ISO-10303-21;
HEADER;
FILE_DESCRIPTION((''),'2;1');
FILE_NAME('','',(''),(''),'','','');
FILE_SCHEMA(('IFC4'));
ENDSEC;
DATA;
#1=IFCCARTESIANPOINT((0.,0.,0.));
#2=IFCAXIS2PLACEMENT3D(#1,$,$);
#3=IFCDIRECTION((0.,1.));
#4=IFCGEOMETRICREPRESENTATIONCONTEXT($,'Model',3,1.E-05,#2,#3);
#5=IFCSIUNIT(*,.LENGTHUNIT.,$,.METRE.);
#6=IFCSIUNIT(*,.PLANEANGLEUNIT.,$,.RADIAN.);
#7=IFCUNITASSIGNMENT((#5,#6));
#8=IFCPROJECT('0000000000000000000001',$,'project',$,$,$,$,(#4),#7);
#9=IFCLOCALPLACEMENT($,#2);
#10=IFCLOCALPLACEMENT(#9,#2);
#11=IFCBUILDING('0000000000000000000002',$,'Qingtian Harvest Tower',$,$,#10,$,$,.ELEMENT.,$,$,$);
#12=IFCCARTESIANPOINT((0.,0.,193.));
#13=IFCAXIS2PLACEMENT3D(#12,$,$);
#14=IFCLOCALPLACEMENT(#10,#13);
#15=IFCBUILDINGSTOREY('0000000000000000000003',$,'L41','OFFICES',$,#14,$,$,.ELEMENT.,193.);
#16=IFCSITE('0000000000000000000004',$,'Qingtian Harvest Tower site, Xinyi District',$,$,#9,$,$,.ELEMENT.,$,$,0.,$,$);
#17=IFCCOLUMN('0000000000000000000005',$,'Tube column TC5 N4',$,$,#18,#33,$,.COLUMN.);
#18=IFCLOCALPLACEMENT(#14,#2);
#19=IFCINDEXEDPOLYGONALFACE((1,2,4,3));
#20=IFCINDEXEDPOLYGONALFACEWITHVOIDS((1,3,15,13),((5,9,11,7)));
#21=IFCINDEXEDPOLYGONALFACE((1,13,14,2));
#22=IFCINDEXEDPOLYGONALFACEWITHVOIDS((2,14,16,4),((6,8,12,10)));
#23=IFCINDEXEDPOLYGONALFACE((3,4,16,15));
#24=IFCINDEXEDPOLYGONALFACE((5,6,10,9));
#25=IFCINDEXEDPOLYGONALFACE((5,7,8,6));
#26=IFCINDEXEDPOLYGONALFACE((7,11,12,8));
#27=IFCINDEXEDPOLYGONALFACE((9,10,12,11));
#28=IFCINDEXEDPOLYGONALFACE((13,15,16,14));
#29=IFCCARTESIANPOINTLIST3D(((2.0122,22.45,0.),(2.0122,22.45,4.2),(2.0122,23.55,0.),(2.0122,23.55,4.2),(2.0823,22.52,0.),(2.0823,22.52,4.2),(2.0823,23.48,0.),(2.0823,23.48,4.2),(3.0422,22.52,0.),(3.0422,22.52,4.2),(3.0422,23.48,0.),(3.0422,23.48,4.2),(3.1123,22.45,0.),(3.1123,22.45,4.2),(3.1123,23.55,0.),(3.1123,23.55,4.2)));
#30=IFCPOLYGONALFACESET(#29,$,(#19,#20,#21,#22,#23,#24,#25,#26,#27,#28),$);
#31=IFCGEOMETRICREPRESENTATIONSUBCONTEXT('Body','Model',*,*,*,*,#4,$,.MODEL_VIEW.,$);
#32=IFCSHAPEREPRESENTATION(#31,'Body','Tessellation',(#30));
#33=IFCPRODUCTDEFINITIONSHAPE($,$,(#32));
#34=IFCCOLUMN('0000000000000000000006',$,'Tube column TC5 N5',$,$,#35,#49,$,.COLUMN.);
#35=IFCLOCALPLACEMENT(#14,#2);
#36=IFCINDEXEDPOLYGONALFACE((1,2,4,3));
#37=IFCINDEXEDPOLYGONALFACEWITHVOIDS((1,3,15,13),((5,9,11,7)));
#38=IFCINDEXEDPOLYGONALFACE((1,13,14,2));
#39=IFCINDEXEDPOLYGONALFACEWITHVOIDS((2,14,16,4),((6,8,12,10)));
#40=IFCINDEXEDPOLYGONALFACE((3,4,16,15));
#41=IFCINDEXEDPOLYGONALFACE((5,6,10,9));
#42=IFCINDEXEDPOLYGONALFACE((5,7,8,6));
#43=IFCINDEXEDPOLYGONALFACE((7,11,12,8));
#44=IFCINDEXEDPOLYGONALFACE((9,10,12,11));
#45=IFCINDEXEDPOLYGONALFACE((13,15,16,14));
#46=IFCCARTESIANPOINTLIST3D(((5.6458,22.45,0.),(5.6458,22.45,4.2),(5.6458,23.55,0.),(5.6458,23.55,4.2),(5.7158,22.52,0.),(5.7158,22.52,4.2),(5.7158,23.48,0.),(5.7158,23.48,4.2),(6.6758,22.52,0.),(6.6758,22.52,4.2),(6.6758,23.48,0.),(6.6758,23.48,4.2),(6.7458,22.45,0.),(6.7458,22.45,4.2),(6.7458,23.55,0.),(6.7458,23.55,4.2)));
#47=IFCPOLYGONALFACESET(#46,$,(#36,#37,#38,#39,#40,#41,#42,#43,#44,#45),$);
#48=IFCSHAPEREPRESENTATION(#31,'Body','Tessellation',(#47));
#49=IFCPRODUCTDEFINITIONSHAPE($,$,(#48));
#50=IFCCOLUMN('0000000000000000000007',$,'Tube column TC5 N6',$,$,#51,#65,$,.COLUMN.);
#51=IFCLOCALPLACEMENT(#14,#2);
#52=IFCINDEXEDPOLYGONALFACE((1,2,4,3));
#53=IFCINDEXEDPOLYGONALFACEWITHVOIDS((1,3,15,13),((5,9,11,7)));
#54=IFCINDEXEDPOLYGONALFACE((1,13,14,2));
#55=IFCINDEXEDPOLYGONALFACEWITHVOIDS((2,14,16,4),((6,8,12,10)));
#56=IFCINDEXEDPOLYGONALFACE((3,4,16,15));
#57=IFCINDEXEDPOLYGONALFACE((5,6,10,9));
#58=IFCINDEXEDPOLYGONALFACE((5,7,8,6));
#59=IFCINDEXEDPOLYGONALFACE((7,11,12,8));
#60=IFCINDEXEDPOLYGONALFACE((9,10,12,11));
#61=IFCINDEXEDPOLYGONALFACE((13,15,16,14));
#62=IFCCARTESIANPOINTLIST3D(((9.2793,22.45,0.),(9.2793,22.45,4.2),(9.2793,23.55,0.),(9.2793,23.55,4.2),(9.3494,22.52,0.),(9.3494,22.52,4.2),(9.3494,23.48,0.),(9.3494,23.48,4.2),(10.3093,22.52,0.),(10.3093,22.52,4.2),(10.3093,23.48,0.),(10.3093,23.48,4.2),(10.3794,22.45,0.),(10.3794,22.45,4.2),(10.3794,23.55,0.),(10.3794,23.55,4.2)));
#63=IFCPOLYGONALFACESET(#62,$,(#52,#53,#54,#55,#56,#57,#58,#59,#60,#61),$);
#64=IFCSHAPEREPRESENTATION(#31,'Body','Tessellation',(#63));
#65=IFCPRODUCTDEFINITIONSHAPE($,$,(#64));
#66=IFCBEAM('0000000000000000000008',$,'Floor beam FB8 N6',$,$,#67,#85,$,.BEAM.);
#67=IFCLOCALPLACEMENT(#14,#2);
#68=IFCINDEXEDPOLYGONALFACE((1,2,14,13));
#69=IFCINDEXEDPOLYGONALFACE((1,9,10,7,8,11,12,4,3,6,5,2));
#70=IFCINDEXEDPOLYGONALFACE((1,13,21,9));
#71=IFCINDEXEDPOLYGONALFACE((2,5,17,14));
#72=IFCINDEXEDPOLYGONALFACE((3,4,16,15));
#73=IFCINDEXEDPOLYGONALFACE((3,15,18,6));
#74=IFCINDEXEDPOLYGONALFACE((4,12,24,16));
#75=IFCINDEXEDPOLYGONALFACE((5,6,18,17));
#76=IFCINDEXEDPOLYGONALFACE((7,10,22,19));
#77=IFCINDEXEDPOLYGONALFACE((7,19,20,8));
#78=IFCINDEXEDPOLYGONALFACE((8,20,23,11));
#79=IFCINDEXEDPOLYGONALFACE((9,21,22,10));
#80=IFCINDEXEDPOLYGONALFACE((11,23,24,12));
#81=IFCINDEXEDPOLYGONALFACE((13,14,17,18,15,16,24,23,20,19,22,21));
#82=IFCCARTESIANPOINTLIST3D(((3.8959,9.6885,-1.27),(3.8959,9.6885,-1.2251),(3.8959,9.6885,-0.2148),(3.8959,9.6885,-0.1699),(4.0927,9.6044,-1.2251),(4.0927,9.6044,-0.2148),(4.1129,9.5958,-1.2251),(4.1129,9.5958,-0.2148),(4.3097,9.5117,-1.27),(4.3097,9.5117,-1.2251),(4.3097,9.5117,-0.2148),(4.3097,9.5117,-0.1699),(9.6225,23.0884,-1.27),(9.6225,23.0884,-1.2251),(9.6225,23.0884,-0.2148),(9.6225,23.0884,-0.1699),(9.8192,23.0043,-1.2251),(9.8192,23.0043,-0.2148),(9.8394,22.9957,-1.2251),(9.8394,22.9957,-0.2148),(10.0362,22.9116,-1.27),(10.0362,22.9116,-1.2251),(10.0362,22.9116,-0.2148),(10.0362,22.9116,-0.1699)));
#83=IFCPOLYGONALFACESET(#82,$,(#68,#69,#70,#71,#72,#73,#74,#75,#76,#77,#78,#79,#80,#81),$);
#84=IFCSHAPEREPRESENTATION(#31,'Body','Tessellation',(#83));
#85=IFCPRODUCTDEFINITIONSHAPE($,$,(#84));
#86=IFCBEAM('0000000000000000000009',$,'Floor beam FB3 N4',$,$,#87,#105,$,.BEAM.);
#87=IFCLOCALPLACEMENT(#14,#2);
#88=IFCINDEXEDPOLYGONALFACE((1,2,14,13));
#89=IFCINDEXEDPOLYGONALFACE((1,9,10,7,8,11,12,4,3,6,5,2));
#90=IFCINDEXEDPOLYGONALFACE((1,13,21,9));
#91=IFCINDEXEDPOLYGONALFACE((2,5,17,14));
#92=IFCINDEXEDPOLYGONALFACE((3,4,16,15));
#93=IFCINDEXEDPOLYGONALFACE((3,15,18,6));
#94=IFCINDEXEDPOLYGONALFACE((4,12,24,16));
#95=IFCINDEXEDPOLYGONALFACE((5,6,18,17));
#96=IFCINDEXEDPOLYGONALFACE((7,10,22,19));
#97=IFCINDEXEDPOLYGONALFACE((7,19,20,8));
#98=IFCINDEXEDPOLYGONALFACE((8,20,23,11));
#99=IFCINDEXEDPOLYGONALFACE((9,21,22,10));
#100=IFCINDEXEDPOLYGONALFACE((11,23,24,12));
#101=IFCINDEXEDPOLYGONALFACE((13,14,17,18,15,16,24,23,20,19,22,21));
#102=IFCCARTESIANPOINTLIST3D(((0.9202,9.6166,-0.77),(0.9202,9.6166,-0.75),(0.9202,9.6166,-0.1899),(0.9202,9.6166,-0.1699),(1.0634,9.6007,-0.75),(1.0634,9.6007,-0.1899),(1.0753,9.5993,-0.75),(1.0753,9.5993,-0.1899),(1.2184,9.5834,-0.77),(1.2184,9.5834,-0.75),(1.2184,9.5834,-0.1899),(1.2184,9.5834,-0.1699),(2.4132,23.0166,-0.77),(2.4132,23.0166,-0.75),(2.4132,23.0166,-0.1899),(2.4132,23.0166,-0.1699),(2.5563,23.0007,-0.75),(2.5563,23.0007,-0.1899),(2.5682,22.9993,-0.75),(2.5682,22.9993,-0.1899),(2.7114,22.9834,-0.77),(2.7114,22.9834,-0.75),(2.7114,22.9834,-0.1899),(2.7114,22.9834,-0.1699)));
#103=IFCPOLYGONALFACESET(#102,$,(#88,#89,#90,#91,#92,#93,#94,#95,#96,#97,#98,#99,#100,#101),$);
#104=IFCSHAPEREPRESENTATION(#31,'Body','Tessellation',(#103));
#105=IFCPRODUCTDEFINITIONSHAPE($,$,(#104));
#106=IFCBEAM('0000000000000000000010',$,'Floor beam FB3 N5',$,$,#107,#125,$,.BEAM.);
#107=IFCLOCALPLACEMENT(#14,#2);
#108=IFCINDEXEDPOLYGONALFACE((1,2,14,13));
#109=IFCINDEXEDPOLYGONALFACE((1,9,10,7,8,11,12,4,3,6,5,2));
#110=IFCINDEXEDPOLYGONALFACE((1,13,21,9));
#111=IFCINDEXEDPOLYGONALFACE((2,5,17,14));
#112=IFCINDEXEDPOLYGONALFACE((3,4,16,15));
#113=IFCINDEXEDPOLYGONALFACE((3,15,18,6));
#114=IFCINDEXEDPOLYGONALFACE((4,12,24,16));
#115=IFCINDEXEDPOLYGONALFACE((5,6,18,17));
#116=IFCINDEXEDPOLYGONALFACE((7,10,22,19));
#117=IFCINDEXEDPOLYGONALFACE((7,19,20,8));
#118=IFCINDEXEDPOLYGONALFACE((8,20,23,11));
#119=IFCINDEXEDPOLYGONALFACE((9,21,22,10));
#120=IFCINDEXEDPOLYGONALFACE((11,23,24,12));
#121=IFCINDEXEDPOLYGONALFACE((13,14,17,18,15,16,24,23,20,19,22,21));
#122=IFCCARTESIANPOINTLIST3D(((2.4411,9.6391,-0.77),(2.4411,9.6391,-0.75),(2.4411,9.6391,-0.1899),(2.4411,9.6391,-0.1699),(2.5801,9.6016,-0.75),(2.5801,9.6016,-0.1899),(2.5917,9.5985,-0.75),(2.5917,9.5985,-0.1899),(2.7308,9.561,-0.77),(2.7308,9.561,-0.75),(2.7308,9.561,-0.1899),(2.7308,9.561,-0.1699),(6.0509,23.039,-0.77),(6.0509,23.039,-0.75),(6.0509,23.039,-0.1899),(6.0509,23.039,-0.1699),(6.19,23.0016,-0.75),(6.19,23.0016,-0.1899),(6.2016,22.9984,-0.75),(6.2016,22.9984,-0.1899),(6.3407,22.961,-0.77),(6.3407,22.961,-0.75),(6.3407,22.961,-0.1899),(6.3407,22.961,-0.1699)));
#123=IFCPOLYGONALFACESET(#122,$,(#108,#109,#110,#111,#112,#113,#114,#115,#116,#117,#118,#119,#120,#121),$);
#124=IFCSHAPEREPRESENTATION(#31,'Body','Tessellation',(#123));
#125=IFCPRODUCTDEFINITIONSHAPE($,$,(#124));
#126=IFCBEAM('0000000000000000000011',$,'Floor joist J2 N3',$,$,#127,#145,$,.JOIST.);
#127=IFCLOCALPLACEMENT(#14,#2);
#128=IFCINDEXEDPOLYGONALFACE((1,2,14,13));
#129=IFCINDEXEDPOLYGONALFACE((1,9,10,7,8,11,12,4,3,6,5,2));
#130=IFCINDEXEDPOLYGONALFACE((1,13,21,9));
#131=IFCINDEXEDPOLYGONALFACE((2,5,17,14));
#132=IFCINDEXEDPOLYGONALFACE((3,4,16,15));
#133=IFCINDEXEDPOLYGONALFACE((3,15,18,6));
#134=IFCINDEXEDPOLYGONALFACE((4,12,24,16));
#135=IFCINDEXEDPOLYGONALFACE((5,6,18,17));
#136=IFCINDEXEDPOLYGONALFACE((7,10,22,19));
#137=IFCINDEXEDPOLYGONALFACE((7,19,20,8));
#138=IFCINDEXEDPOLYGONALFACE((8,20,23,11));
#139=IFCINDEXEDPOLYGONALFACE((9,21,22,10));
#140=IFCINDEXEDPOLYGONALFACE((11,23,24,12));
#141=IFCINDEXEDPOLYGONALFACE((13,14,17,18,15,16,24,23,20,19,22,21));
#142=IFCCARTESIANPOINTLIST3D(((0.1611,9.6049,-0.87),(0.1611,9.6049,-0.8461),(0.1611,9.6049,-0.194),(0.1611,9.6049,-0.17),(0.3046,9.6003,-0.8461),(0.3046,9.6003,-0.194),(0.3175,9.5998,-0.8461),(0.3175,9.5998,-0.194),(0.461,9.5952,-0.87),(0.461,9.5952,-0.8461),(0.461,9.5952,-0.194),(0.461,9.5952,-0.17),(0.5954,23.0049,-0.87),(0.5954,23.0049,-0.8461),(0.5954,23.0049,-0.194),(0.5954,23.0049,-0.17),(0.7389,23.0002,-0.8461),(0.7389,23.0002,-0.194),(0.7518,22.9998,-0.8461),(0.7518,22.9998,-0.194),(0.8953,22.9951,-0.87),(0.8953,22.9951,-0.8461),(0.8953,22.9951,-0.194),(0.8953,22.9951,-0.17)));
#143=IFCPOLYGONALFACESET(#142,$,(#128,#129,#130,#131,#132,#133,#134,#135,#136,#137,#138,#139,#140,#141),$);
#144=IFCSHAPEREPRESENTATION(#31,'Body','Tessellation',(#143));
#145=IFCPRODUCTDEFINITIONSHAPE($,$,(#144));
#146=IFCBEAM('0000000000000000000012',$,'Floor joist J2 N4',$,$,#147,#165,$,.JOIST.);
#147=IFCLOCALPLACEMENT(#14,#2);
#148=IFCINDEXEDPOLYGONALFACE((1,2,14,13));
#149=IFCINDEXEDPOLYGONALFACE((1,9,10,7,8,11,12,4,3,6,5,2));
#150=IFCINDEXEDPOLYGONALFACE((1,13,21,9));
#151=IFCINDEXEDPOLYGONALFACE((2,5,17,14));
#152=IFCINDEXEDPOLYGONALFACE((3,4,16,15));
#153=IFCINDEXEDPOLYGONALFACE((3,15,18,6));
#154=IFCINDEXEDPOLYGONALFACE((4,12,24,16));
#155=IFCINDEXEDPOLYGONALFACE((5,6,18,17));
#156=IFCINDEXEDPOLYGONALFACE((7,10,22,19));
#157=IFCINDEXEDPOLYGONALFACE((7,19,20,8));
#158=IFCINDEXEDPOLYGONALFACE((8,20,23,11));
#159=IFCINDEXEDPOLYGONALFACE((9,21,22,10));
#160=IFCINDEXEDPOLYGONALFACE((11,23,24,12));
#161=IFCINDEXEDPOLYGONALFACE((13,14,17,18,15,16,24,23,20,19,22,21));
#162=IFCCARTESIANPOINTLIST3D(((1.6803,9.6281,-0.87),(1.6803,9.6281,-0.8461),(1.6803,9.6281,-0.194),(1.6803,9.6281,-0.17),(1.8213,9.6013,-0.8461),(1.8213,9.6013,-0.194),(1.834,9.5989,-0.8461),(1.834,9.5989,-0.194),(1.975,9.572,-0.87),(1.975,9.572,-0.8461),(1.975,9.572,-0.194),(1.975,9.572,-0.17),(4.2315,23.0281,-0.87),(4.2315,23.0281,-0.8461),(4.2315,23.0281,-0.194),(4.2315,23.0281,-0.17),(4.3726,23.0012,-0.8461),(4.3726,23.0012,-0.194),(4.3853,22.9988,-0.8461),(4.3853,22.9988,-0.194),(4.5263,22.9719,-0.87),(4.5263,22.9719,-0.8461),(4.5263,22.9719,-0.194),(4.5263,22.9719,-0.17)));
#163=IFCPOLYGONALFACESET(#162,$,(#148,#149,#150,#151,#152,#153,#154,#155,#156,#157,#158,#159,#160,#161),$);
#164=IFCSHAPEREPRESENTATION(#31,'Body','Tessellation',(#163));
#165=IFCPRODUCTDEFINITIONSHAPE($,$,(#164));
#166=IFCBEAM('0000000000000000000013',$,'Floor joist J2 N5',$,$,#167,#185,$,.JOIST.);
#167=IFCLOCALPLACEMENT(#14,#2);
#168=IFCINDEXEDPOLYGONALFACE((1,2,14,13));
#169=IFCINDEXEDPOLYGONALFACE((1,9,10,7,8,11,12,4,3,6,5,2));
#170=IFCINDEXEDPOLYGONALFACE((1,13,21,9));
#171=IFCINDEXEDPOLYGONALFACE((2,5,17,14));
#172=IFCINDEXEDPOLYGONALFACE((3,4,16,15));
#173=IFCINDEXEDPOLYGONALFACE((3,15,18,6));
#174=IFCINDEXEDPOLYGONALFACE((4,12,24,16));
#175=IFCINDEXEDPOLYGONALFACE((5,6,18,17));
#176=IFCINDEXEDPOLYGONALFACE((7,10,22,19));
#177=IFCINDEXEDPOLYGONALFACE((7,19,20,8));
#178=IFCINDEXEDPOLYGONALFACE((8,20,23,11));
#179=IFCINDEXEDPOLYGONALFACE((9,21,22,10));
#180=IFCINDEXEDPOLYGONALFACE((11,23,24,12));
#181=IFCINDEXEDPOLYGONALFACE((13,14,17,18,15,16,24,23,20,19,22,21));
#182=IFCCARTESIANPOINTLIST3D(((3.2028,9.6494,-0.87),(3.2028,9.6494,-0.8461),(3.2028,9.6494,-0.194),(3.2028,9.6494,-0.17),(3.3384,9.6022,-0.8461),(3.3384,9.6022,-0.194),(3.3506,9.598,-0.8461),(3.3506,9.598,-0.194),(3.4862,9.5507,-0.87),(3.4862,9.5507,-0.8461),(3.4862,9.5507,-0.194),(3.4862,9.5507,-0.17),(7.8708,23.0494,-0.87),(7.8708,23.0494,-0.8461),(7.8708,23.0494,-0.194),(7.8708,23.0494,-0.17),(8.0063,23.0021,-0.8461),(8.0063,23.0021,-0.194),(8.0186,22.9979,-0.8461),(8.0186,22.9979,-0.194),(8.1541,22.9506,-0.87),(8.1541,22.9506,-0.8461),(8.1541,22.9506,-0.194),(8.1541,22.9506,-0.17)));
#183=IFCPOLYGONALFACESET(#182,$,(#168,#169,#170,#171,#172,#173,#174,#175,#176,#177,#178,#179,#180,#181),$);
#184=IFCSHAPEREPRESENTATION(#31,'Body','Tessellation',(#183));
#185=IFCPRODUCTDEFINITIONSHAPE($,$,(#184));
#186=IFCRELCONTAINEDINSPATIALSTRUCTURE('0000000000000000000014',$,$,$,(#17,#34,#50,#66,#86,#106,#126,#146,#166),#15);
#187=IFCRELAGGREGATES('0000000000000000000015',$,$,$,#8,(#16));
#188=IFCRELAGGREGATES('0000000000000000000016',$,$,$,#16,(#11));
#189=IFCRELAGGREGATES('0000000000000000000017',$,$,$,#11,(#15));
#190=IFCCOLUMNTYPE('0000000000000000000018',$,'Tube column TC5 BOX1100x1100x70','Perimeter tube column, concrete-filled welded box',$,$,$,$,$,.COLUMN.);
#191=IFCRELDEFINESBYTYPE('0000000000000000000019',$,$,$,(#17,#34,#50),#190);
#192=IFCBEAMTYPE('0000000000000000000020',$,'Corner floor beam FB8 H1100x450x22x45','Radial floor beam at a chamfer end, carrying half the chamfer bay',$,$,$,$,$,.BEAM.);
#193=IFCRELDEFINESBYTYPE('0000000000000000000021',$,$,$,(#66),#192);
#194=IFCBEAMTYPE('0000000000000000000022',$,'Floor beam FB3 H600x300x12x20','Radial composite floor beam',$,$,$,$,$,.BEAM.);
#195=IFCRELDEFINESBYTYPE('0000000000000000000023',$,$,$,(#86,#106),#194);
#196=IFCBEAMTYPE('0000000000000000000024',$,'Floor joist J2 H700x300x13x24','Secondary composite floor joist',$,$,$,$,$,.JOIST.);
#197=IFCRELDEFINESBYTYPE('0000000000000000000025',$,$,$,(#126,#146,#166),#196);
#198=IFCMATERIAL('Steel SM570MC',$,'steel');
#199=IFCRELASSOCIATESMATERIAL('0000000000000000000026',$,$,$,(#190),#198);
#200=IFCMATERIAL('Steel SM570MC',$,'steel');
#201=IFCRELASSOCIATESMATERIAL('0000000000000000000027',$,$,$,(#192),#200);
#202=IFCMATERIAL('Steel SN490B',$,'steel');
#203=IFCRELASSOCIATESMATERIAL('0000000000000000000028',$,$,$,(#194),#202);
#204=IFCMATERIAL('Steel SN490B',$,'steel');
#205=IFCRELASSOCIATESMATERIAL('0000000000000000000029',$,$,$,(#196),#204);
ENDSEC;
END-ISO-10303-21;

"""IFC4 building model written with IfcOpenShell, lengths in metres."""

from ifc_helpers import new_model, si_unit, direction, frame, origin, origin_2d, place, context, subcontext, project, spatial, hollow_rectangle, i_section, extrude, material, material_profile, profile_set, type_object, element, save


model = new_model("IFC4")

# Units and contexts
model_context = context("Model", 3, precision=1e-05, world=origin(), true_north=direction((0.0, 1.0)))
body_context = subcontext(model_context, "Body", "Model", "MODEL_VIEW")
ifc_project = project(units=[si_unit("LENGTHUNIT", "METRE"), si_unit("PLANEANGLEUNIT", "RADIAN")], contexts=[model_context])

# Site, building, storey
site_placement = place(None, origin())
site = spatial("IfcSite", under=ifc_project, at=site_placement, Name="Qingtian Harvest Tower site, Xinyi District", CompositionType="ELEMENT", RefElevation=0.0)
building_placement = place(site_placement, origin())
building = spatial("IfcBuilding", under=site, at=building_placement, Name="Qingtian Harvest Tower", CompositionType="ELEMENT")
storey_placement = place(building_placement, frame((0.0, 0.0, 193.0)))
storey = spatial("IfcBuildingStorey", under=building, at=storey_placement, Name="L41", Description="OFFICES", CompositionType="ELEMENT", Elevation=193.0)

# Columns
ifc_material_1 = material(Name="Steel SM570MC", Category="steel")
ifc_material_profile_1 = material_profile(ifc_material_1, hollow_rectangle(XDim=1.1001, YDim=1.1001, WallThickness=0.0701, at=origin_2d()), Name="BOX1100x1100x70")
ifc_profile_set_1 = profile_set([ifc_material_profile_1], Name="Steel SM570MC")
column_type = type_object("IfcColumnType", Name="Tube column TC5 BOX1100x1100x70", Description="Perimeter tube column, concrete-filled welded box", PredefinedType="COLUMN", material=ifc_profile_set_1)
for number, where, z_axis, x_axis, name in (
    (1, (2.5623, 23.0, 0.0), (0.0, 0.0, 1.0), (-1.0, 0.0, 0.0), "Tube column TC5 N4"),
    (2, (6.1958, 23.0, 0.0), (0.0, 0.0, 1.0), (-1.0, 0.0, 0.0), "Tube column TC5 N5"),
    (3, (9.8293, 23.0, 0.0), (0.0, 0.0, 1.0), (-1.0, 0.0, 0.0), "Tube column TC5 N6"),
):
    element("IfcColumn", number, at=place(storey_placement, frame(where, z_axis=z_axis, x_axis=x_axis)), inside=storey, type_object=column_type, Name=name, PredefinedType="COLUMN", context=body_context, shape_type="SweptSolid", body=[
        extrude(hollow_rectangle(XDim=1.1001, YDim=1.1001, WallThickness=0.0701, at=origin_2d()), origin(), (0.0, 0.0, 1.0), 4.2),
    ])

# Beams
ifc_material_2 = material(Name="Steel SM570MC", Category="steel")
ifc_material_profile_2 = material_profile(ifc_material_2, i_section(OverallWidth=0.45, OverallDepth=1.1001, WebThickness=0.022, FlangeThickness=0.0449, at=origin_2d()), Name="H1100x450x22x45")
ifc_profile_set_2 = profile_set([ifc_material_profile_2], Name="Steel SM570MC")
beam_type_1 = type_object("IfcBeamType", Name="Corner floor beam FB8 H1100x450x22x45", Description="Radial floor beam at a chamfer end, carrying half the chamfer bay", PredefinedType="BEAM", material=ifc_profile_set_2)
beam_1_placement = place(storey_placement, frame((9.8293, 23.0, -0.72), z_axis=(-0.392977, -0.919548, 0.0), x_axis=(0.919548, -0.392977, 0.0)))
element("IfcBeam", 4, at=beam_1_placement, inside=storey, type_object=beam_type_1, Name="Floor beam FB8 N6", PredefinedType="BEAM", context=body_context, shape_type="SweptSolid", body=[
    extrude(i_section(OverallWidth=0.45, OverallDepth=1.1001, WebThickness=0.022, FlangeThickness=0.0449, at=origin_2d()), origin(), (0.0, 0.0, 1.0), 14.5723),
])
ifc_material_3 = material(Name="Steel SN490B", Category="steel")
ifc_material_profile_3 = material_profile(ifc_material_3, i_section(OverallWidth=0.3, OverallDepth=0.6001, WebThickness=0.012, FlangeThickness=0.02, at=origin_2d()), Name="H600x300x12x20")
ifc_profile_set_3 = profile_set([ifc_material_profile_3], Name="Steel SN490B")
beam_type_2 = type_object("IfcBeamType", Name="Floor beam FB3 H600x300x12x20", Description="Radial composite floor beam", PredefinedType="BEAM", material=ifc_profile_set_3)
beam_2_placement = place(storey_placement, frame((2.5623, 23.0, -0.47), z_axis=(-0.110728, -0.993851, 0.0), x_axis=(0.993851, -0.110728, 0.0)))
element("IfcBeam", 5, at=beam_2_placement, inside=storey, type_object=beam_type_2, Name="Floor beam FB3 N4", PredefinedType="BEAM", context=body_context, shape_type="SweptSolid", body=[
    extrude(i_section(OverallWidth=0.3, OverallDepth=0.6001, WebThickness=0.012, FlangeThickness=0.02, at=origin_2d()), origin(), (0.0, 0.0, 1.0), 13.4829),
])
beam_3_placement = place(storey_placement, frame((6.1958, 23.0, -0.47), z_axis=(-0.260121, -0.965576, 0.0), x_axis=(0.965576, -0.260121, 0.0)))
element("IfcBeam", 6, at=beam_3_placement, inside=storey, type_object=beam_type_2, Name="Floor beam FB3 N5", PredefinedType="BEAM", context=body_context, shape_type="SweptSolid", body=[
    extrude(i_section(OverallWidth=0.3, OverallDepth=0.6001, WebThickness=0.012, FlangeThickness=0.02, at=origin_2d()), origin(), (0.0, 0.0, 1.0), 13.8777),
])
ifc_material_4 = material(Name="Steel SN490B", Category="steel")
ifc_material_profile_4 = material_profile(ifc_material_4, i_section(OverallWidth=0.3, OverallDepth=0.7, WebThickness=0.0129, FlangeThickness=0.0239, at=origin_2d()), Name="H700x300x13x24")
ifc_profile_set_4 = profile_set([ifc_material_profile_4], Name="Steel SN490B")
beam_type_3 = type_object("IfcBeamType", Name="Floor joist J2 H700x300x13x24", Description="Secondary composite floor joist", PredefinedType="JOIST", material=ifc_profile_set_4)
beam_4_placement = place(storey_placement, frame((0.7454, 23.0, -0.52), z_axis=(-0.032396, -0.999475, 0.0), x_axis=(0.999475, -0.032396, 0.0)))
element("IfcBeam", 7, at=beam_4_placement, inside=storey, type_object=beam_type_3, Name="Floor joist J2 N3", PredefinedType="JOIST", context=body_context, shape_type="SweptSolid", body=[
    extrude(i_section(OverallWidth=0.3, OverallDepth=0.7, WebThickness=0.0129, FlangeThickness=0.0239, at=origin_2d()), origin(), (0.0, 0.0, 1.0), 13.407),
])
beam_5_placement = place(storey_placement, frame((4.3789, 23.0, -0.52), z_axis=(-0.187035, -0.982353, 0.0), x_axis=(0.982353, -0.187035, 0.0)))
element("IfcBeam", 8, at=beam_5_placement, inside=storey, type_object=beam_type_3, Name="Floor joist J2 N4", PredefinedType="JOIST", context=body_context, shape_type="SweptSolid", body=[
    extrude(i_section(OverallWidth=0.3, OverallDepth=0.7, WebThickness=0.0129, FlangeThickness=0.0239, at=origin_2d()), origin(), (0.0, 0.0, 1.0), 13.6406),
])
beam_6_placement = place(storey_placement, frame((8.0125, 23.0, -0.52), z_axis=(-0.328969, -0.944341, 0.0), x_axis=(0.944341, -0.328969, 0.0)))
element("IfcBeam", 9, at=beam_6_placement, inside=storey, type_object=beam_type_3, Name="Floor joist J2 N5", PredefinedType="JOIST", context=body_context, shape_type="SweptSolid", body=[
    extrude(i_section(OverallWidth=0.3, OverallDepth=0.7, WebThickness=0.0129, FlangeThickness=0.0239, at=origin_2d()), origin(), (0.0, 0.0, 1.0), 14.1897),
])

save(model, "model.ifc")
